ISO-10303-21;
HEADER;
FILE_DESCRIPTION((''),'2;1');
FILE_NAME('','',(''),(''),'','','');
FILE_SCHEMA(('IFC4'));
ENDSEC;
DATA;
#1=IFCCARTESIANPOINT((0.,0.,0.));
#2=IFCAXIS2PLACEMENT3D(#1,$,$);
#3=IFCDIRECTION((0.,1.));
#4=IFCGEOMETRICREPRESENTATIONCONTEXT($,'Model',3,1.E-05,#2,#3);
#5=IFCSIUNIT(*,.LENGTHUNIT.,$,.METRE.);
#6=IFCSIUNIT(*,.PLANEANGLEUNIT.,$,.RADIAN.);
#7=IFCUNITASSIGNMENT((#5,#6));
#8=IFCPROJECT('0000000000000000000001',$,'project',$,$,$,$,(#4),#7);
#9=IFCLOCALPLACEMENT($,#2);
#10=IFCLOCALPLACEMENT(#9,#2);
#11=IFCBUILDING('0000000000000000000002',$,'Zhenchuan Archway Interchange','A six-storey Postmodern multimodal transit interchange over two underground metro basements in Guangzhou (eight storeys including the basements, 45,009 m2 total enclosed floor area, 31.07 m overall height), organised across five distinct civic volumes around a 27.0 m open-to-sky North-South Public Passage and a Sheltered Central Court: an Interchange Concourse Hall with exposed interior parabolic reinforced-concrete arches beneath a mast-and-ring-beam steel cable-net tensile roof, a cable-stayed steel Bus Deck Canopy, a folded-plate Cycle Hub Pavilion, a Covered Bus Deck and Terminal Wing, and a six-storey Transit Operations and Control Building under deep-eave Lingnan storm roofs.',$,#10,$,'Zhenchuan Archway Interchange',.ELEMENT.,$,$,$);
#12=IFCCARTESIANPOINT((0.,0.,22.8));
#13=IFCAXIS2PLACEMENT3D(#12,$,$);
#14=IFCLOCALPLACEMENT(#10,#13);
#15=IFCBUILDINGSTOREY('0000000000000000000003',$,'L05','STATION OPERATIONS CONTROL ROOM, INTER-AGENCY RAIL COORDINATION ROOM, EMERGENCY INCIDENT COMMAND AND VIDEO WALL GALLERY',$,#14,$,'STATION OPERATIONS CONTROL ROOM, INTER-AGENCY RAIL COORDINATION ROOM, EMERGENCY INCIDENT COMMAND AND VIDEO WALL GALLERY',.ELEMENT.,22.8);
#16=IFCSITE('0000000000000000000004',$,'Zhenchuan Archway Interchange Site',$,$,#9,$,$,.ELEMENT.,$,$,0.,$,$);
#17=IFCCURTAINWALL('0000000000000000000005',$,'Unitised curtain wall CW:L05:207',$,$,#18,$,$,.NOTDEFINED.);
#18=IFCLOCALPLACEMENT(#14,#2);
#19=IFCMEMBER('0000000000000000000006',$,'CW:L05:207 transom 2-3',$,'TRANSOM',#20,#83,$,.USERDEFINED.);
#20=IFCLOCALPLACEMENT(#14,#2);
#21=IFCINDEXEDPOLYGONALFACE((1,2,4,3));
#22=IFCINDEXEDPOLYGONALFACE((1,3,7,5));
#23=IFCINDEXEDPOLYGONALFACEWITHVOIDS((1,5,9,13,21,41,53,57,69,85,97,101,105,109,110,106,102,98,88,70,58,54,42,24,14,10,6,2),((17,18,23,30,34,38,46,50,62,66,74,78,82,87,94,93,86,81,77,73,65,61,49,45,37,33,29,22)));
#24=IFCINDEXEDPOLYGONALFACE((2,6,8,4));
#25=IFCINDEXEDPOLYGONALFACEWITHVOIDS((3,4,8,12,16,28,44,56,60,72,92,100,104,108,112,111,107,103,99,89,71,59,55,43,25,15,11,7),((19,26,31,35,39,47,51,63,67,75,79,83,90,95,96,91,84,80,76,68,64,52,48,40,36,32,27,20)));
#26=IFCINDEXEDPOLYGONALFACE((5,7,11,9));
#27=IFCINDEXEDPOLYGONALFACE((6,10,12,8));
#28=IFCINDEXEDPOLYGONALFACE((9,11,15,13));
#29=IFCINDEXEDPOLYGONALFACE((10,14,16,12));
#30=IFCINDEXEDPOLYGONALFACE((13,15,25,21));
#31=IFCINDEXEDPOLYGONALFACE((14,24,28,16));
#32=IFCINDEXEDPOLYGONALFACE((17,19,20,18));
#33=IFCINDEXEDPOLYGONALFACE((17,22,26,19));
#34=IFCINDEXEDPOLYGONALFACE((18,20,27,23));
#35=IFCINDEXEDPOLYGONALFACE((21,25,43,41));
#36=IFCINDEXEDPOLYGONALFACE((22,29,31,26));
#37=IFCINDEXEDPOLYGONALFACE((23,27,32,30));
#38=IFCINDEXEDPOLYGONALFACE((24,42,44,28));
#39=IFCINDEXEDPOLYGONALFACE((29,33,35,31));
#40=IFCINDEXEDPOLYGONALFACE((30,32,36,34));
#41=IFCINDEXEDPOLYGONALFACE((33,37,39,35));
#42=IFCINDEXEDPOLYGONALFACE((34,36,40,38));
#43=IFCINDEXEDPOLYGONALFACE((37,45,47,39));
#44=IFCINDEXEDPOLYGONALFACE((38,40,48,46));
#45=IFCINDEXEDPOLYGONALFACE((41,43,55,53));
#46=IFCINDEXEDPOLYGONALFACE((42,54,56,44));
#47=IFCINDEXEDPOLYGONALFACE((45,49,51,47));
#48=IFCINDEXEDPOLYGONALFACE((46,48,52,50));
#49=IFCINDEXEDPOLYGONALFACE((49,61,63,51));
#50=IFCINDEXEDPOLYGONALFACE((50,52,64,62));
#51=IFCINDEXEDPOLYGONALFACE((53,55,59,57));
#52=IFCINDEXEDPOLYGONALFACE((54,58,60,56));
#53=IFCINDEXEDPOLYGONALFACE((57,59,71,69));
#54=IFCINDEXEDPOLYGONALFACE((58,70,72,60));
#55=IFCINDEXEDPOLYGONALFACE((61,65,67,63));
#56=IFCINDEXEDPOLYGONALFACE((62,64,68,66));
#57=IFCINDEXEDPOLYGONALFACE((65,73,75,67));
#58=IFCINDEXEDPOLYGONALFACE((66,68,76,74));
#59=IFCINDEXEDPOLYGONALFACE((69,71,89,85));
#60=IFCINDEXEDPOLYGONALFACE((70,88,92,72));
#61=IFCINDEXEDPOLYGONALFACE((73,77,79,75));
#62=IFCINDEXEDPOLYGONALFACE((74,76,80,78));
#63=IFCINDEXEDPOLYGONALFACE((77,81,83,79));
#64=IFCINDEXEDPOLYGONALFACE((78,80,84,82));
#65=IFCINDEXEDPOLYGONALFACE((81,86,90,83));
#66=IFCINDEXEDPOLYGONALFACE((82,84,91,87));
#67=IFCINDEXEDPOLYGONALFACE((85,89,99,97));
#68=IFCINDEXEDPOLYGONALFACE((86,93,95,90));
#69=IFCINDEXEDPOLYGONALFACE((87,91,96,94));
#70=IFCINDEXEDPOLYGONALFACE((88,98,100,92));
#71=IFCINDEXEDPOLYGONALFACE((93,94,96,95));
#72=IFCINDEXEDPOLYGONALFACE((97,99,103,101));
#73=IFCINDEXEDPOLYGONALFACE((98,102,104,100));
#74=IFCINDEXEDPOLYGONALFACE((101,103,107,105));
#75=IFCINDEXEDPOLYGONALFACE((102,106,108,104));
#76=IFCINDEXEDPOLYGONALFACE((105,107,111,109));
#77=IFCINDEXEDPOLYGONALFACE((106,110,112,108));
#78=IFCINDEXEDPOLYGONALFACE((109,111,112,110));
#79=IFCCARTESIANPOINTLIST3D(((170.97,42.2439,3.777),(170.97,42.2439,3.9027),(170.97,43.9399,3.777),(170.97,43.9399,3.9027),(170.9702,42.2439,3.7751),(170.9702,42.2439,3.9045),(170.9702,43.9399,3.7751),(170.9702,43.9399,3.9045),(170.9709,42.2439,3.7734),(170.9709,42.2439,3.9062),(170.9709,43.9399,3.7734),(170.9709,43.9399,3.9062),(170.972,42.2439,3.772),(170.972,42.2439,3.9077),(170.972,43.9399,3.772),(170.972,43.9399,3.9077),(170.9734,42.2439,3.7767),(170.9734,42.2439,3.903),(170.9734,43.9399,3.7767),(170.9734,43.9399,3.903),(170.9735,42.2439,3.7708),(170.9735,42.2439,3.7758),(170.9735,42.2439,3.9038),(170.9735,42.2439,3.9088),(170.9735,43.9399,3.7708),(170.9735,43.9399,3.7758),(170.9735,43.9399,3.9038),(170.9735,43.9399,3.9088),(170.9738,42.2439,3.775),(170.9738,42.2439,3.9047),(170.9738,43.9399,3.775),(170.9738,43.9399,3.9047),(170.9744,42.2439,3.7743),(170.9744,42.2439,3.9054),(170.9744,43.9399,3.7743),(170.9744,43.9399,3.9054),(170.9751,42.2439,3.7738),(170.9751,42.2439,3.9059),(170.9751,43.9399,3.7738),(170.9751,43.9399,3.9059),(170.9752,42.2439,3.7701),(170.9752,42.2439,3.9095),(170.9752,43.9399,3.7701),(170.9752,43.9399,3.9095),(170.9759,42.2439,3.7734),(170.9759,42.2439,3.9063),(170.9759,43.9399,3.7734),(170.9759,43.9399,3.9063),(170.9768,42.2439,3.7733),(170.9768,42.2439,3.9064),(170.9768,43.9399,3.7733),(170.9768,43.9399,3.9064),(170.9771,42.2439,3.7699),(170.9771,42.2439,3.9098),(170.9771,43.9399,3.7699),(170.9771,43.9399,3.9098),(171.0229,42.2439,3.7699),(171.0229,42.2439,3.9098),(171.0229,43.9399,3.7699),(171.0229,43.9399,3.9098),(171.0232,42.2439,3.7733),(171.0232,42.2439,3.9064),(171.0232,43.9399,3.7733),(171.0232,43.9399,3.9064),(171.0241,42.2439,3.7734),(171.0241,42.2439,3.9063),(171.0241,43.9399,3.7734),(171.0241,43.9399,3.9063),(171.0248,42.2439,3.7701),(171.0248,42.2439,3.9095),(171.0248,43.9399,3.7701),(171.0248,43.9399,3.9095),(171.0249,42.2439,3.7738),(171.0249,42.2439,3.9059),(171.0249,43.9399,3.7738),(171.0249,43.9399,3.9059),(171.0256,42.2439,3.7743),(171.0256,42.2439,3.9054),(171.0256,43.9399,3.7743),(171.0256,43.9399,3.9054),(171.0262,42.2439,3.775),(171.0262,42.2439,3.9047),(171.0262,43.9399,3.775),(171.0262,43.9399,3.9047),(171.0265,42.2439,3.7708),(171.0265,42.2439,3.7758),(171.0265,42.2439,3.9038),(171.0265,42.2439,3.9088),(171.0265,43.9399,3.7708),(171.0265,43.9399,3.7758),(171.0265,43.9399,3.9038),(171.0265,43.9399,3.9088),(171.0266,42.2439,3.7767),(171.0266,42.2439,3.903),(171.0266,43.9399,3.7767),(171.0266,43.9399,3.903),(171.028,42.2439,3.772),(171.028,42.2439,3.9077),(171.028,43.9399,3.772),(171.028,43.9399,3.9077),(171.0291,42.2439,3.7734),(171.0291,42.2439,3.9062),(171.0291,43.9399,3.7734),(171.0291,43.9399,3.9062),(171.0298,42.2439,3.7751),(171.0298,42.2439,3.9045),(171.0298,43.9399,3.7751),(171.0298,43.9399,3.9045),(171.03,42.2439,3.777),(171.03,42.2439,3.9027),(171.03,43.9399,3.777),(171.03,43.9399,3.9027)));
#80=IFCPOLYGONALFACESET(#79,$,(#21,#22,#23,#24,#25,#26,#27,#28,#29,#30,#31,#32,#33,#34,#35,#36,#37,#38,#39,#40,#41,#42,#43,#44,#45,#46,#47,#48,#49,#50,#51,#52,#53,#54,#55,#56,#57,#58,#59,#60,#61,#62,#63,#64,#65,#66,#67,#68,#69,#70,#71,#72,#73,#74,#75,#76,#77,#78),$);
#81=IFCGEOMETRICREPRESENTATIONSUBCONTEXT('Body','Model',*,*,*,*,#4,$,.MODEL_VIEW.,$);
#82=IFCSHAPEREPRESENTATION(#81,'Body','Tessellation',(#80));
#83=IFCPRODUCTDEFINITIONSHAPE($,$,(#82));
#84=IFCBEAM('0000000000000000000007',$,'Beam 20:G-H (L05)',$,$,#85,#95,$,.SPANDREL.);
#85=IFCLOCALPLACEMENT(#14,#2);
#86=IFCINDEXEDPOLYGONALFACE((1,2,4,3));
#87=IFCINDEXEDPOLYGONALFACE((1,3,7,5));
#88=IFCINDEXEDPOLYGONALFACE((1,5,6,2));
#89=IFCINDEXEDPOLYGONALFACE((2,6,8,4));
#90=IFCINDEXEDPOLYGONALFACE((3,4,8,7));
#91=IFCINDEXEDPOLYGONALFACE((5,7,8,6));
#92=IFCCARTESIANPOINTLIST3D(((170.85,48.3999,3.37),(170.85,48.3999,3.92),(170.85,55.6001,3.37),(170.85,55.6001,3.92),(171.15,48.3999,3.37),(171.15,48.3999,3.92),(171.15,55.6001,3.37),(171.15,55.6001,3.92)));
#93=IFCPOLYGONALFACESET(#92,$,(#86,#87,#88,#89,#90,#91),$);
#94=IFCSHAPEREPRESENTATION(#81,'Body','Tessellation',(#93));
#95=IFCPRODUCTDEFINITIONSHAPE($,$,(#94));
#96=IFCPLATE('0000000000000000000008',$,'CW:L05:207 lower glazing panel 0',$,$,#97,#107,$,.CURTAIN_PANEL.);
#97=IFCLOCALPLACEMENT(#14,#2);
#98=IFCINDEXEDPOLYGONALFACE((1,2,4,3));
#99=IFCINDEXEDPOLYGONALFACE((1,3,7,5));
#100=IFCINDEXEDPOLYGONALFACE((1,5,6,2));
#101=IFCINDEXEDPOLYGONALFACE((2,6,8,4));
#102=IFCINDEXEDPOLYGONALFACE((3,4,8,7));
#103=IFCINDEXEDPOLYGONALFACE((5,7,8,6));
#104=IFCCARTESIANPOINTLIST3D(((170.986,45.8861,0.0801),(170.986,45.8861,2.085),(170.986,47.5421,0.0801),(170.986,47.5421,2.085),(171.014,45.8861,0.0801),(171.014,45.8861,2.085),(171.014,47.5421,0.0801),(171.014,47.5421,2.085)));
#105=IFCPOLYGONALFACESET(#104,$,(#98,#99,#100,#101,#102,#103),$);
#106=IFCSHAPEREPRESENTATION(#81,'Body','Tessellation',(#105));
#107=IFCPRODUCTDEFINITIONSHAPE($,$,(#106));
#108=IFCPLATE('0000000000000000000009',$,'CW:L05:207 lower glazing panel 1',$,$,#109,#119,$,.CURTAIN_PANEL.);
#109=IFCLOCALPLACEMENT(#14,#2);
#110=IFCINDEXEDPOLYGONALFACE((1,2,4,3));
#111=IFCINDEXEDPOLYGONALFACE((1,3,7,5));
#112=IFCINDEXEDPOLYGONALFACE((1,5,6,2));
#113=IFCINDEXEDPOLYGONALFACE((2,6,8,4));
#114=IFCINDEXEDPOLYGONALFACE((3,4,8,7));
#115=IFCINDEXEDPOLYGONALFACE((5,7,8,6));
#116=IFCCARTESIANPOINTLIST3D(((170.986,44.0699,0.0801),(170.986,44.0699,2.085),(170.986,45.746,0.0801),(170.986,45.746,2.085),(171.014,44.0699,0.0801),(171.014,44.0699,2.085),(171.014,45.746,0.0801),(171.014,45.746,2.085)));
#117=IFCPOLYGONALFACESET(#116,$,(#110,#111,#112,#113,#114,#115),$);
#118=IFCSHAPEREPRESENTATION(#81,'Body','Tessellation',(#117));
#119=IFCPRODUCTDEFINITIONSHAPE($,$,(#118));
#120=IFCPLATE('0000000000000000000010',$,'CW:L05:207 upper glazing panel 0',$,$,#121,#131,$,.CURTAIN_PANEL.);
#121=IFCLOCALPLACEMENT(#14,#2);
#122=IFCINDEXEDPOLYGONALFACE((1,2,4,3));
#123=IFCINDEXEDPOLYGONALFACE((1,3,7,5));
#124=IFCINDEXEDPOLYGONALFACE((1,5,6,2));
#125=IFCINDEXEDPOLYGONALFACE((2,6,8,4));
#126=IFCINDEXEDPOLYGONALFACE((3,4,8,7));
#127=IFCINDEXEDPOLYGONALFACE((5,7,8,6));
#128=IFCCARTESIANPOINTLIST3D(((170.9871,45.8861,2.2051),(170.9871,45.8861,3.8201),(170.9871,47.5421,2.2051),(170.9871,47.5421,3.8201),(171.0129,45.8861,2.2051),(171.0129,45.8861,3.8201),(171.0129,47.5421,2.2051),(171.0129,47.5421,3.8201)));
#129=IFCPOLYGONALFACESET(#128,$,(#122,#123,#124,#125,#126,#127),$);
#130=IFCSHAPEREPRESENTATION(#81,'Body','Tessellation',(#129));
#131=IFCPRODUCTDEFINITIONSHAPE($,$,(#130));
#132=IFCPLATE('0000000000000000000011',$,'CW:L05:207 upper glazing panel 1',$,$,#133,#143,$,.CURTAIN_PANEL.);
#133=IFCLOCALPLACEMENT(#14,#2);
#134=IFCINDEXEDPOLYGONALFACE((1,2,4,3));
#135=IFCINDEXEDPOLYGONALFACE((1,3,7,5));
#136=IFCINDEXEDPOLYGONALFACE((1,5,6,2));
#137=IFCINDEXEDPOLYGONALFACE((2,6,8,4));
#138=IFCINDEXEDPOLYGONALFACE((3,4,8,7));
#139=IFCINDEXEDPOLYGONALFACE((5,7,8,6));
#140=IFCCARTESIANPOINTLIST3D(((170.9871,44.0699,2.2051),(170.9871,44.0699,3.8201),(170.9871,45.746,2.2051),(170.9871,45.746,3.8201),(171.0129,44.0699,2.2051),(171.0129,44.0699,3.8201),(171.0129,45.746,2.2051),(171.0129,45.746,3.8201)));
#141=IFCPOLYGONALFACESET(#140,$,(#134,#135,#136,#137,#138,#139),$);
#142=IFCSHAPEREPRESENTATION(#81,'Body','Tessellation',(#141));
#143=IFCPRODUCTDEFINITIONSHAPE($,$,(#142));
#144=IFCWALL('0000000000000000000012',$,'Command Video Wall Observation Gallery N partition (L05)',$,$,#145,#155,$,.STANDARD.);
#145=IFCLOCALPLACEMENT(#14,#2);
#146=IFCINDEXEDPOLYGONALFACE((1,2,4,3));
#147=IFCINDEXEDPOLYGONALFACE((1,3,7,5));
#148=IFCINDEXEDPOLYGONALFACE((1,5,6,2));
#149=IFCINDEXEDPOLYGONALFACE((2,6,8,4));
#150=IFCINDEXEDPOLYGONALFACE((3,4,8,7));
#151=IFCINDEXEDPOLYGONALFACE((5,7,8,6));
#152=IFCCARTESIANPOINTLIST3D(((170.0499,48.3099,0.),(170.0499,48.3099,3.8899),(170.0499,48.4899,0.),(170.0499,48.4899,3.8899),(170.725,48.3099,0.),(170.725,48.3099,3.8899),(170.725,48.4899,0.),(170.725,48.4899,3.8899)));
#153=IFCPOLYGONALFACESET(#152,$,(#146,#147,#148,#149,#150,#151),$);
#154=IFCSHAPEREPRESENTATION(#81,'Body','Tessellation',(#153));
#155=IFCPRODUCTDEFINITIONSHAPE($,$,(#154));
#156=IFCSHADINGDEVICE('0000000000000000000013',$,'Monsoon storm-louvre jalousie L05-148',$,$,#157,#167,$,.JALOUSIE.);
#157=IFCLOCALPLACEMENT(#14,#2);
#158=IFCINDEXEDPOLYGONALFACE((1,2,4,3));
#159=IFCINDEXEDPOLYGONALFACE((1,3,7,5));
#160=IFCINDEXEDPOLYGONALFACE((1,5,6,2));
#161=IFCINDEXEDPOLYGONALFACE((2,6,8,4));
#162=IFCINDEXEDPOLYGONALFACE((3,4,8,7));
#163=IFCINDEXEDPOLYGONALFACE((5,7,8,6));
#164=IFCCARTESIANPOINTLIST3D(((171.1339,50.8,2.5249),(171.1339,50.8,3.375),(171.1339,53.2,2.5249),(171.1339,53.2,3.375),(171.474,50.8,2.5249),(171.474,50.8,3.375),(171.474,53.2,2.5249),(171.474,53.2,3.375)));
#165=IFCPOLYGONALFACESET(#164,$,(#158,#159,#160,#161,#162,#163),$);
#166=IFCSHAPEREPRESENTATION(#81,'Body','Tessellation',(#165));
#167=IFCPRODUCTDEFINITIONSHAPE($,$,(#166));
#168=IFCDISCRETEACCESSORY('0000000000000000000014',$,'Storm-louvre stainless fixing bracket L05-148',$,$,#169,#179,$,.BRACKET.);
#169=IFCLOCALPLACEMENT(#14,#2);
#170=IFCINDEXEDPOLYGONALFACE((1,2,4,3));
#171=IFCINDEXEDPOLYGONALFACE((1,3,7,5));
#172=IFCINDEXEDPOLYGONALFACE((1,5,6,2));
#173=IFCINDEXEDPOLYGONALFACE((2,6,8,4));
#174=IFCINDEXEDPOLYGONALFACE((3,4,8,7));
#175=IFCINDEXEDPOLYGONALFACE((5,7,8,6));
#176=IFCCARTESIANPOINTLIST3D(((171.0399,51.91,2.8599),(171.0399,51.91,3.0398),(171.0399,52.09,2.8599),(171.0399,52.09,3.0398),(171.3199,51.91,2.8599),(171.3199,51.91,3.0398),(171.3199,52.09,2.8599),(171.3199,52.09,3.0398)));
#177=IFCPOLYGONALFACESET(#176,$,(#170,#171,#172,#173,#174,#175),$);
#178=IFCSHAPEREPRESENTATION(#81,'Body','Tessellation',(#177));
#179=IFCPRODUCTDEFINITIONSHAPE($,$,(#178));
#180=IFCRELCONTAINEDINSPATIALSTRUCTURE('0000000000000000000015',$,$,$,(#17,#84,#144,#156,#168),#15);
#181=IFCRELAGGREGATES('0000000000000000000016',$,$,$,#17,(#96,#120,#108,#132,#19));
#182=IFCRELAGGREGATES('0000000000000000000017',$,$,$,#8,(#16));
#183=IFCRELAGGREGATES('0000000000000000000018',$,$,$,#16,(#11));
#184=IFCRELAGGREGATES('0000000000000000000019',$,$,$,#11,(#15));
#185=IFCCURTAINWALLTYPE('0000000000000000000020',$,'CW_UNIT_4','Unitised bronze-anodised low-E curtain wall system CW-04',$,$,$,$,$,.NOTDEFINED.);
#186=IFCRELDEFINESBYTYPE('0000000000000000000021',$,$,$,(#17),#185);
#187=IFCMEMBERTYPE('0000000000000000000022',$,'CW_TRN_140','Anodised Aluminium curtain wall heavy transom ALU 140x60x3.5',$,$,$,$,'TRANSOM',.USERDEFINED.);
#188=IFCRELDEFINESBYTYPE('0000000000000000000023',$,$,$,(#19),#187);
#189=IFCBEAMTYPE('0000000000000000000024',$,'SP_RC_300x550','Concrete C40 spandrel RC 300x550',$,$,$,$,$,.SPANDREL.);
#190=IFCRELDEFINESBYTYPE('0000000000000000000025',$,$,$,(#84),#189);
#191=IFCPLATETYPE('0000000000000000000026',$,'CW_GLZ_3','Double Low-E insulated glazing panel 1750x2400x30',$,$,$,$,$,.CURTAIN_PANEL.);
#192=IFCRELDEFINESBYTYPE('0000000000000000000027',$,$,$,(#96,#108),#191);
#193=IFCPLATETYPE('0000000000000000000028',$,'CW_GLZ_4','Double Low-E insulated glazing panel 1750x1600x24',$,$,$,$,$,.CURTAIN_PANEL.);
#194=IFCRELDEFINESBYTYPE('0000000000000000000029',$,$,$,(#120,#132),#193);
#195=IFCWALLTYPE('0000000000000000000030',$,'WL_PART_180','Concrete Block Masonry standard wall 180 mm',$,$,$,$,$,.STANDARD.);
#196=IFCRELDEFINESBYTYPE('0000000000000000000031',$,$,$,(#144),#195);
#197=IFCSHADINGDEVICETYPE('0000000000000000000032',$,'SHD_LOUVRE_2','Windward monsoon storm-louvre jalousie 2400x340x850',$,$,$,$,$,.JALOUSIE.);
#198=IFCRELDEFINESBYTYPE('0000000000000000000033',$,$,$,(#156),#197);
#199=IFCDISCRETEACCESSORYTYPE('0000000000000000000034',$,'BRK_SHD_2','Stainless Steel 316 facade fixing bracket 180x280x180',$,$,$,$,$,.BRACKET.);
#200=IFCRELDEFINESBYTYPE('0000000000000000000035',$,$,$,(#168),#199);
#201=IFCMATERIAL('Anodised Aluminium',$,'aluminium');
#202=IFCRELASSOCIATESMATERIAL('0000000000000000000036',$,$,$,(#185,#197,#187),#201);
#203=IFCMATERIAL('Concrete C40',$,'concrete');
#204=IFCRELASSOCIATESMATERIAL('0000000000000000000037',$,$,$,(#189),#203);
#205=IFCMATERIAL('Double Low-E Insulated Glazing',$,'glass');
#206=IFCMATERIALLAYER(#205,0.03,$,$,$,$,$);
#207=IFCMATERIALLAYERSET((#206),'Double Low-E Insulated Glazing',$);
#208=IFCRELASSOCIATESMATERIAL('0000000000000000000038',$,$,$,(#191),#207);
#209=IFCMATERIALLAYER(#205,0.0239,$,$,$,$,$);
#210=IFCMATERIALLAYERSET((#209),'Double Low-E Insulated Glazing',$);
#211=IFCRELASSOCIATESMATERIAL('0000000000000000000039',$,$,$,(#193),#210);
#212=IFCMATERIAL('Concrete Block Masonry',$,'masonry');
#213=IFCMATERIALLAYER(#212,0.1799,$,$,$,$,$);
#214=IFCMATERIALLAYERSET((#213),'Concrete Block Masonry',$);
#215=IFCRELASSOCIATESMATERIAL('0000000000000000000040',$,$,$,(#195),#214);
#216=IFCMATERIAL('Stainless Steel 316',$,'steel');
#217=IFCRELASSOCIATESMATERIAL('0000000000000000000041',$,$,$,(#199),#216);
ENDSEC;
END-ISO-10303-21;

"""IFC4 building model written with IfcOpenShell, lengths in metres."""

from ifc_helpers import new_model, si_unit, direction, frame, frame_2d, origin, origin_2d, place, context, subcontext, project, spatial, rectangle, hollow_rectangle, extrude, material, layer, layer_set, material_profile, profile_set, type_object, element, aggregate, save


model = new_model("IFC4")

# Units and contexts
model_context = context("Model", 3, precision=1e-05, world=origin(), true_north=direction((0.0, 1.0)))
body_context = subcontext(model_context, "Body", "Model", "MODEL_VIEW")
ifc_project = project(units=[si_unit("LENGTHUNIT", "METRE"), si_unit("PLANEANGLEUNIT", "RADIAN")], contexts=[model_context])

# Site, building, storey
site_placement = place(None, origin())
site = spatial("IfcSite", under=ifc_project, at=site_placement, Name="Zhenchuan Archway Interchange Site", CompositionType="ELEMENT", RefElevation=0.0)
building_placement = place(site_placement, origin())
building = spatial("IfcBuilding", under=site, at=building_placement, Name="Zhenchuan Archway Interchange", Description="A six-storey Postmodern multimodal transit interchange over two underground metro basements in Guangzhou (eight storeys including the basements, 45,009 m2 total enclosed floor area, 31.07 m overall height), organised across five distinct civic volumes around a 27.0 m open-to-sky North-South Public Passage and a Sheltered Central Court: an Interchange Concourse Hall with exposed interior parabolic reinforced-concrete arches beneath a mast-and-ring-beam steel cable-net tensile roof, a cable-stayed steel Bus Deck Canopy, a folded-plate Cycle Hub Pavilion, a Covered Bus Deck and Terminal Wing, and a six-storey Transit Operations and Control Building under deep-eave Lingnan storm roofs.", LongName="Zhenchuan Archway Interchange", CompositionType="ELEMENT")
storey_placement = place(building_placement, frame((0.0, 0.0, 22.8)))
storey = spatial("IfcBuildingStorey", under=building, at=storey_placement, Name="L05", Description="STATION OPERATIONS CONTROL ROOM, INTER-AGENCY RAIL COORDINATION ROOM, EMERGENCY INCIDENT COMMAND AND VIDEO WALL GALLERY", LongName="STATION OPERATIONS CONTROL ROOM, INTER-AGENCY RAIL COORDINATION ROOM, EMERGENCY INCIDENT COMMAND AND VIDEO WALL GALLERY", CompositionType="ELEMENT", Elevation=22.8)

# Shared definitions
ifc_material_1 = material(Name="Concrete C40", Category="concrete")

# Curtain wall, member
ifc_material_2 = material(Name="Anodised Aluminium", Category="aluminium")
curtain_wall_type = type_object("IfcCurtainWallType", Name="CW_UNIT_4", Description="Unitised bronze-anodised low-E curtain wall system CW-04", PredefinedType="NOTDEFINED", material=ifc_material_2)
curtain_wall_placement = place(storey_placement, origin())
curtain_wall = element("IfcCurtainWall", 1, at=curtain_wall_placement, inside=storey, type_object=curtain_wall_type, Name="Unitised curtain wall CW:L05:207", PredefinedType="NOTDEFINED")
ifc_material_profile_1 = material_profile(ifc_material_2, hollow_rectangle(XDim=0.0601, YDim=0.1399, WallThickness=0.0034, InnerFilletRadius=0.0034, OuterFilletRadius=0.0071, at=origin_2d()), Name="ALU 140x60x3.5")
ifc_profile_set_1 = profile_set([ifc_material_profile_1], Name="Anodised Aluminium")
member_type_1 = type_object("IfcMemberType", Name="CW_TRN_140", Description="Anodised Aluminium curtain wall heavy transom ALU 140x60x3.5", ElementType="TRANSOM", PredefinedType="USERDEFINED", material=ifc_profile_set_1)
member_1_placement = place(storey_placement, frame((171.0, 43.9399, 3.8398), z_axis=(0.0, -1.0, 0.0), x_axis=(1.0, 0.0, 0.0)))
member_1 = element("IfcMember", 2, at=member_1_placement, type_object=member_type_1, Name="CW:L05:207 transom 2-3", ObjectType="TRANSOM", PredefinedType="USERDEFINED", context=body_context, shape_type="SweptSolid", body=[
    extrude(hollow_rectangle(XDim=0.0601, YDim=0.1399, WallThickness=0.0034, InnerFilletRadius=0.0034, OuterFilletRadius=0.0071, at=origin_2d()), origin(), (0.0, 0.0, 1.0), 1.696),
])

# Beam
ifc_material_profile_2 = material_profile(ifc_material_1, rectangle(XDim=0.3, YDim=0.55, at=origin_2d()), Name="RC 300x550")
ifc_profile_set_2 = profile_set([ifc_material_profile_2], Name="Concrete C40")
beam_type_1 = type_object("IfcBeamType", Name="SP_RC_300x550", Description="Concrete C40 spandrel RC 300x550", PredefinedType="SPANDREL", material=ifc_profile_set_2)
beam_1_placement = place(storey_placement, frame((171.0, 48.3999, 3.645), z_axis=(0.0, 1.0, 0.0), x_axis=(-1.0, 0.0, 0.0)))
element("IfcBeam", 3, at=beam_1_placement, inside=storey, type_object=beam_type_1, Name="Beam 20:G-H (L05)", PredefinedType="SPANDREL", context=body_context, shape_type="SweptSolid", body=[
    extrude(rectangle(XDim=0.3, YDim=0.55, at=origin_2d()), origin(), (0.0, 0.0, 1.0), 7.2002),
])

# Plates
ifc_material_3 = material(Name="Double Low-E Insulated Glazing", Category="glass")
ifc_layer_1 = layer(ifc_material_3, 0.03)
ifc_layer_set_1 = layer_set([ifc_layer_1], Name="Double Low-E Insulated Glazing")
plate_type_1 = type_object("IfcPlateType", Name="CW_GLZ_3", Description="Double Low-E insulated glazing panel 1750x2400x30", PredefinedType="CURTAIN_PANEL", material=ifc_layer_set_1)
plate_1_placement = place(storey_placement, frame((171.0, 46.7141, 0.0801), z_axis=(0.0, 0.0, 1.0), x_axis=(0.0, -1.0, 0.0)))
plate_1 = element("IfcPlate", 4, at=plate_1_placement, type_object=plate_type_1, Name="CW:L05:207 lower glazing panel 0", PredefinedType="CURTAIN_PANEL", context=body_context, shape_type="SweptSolid", body=[
    extrude(rectangle(XDim=1.656, YDim=0.0281, at=origin_2d()), origin(), (0.0, 0.0, 1.0), 2.0049),
])
plate_2_placement = place(storey_placement, frame((171.0, 44.908, 0.0801), z_axis=(0.0, 0.0, 1.0), x_axis=(0.0, -1.0, 0.0)))
plate_2 = element("IfcPlate", 5, at=plate_2_placement, type_object=plate_type_1, Name="CW:L05:207 lower glazing panel 1", PredefinedType="CURTAIN_PANEL", context=body_context, shape_type="SweptSolid", body=[
    extrude(rectangle(XDim=1.676, YDim=0.0281, at=origin_2d()), origin(), (0.0, 0.0, 1.0), 2.0049),
])
ifc_layer_2 = layer(ifc_material_3, 0.0239)
ifc_layer_set_2 = layer_set([ifc_layer_2], Name="Double Low-E Insulated Glazing")
plate_type_2 = type_object("IfcPlateType", Name="CW_GLZ_4", Description="Double Low-E insulated glazing panel 1750x1600x24", PredefinedType="CURTAIN_PANEL", material=ifc_layer_set_2)
plate_3_placement = place(storey_placement, frame((171.0, 46.7141, 2.2051), z_axis=(0.0, 0.0, 1.0), x_axis=(0.0, -1.0, 0.0)))
plate_3 = element("IfcPlate", 6, at=plate_3_placement, type_object=plate_type_2, Name="CW:L05:207 upper glazing panel 0", PredefinedType="CURTAIN_PANEL", context=body_context, shape_type="SweptSolid", body=[
    extrude(rectangle(XDim=1.656, YDim=0.0259, at=origin_2d()), origin(), (0.0, 0.0, 1.0), 1.615),
])
plate_4_placement = place(storey_placement, frame((171.0, 44.908, 2.2051), z_axis=(0.0, 0.0, 1.0), x_axis=(0.0, -1.0, 0.0)))
plate_4 = element("IfcPlate", 7, at=plate_4_placement, type_object=plate_type_2, Name="CW:L05:207 upper glazing panel 1", PredefinedType="CURTAIN_PANEL", context=body_context, shape_type="SweptSolid", body=[
    extrude(rectangle(XDim=1.676, YDim=0.0259, at=origin_2d()), origin(), (0.0, 0.0, 1.0), 1.615),
])
aggregate(curtain_wall, [plate_1, plate_3, plate_2, plate_4, member_1])

# Wall
ifc_material_4 = material(Name="Concrete Block Masonry", Category="masonry")
ifc_layer_3 = layer(ifc_material_4, 0.1799)
ifc_layer_set_3 = layer_set([ifc_layer_3], Name="Concrete Block Masonry")
wall_type = type_object("IfcWallType", Name="WL_PART_180", Description="Concrete Block Masonry standard wall 180 mm", PredefinedType="STANDARD", material=ifc_layer_set_3)
wall_placement = place(storey_placement, frame((170.05, 48.3999, 0.0), z_axis=(0.0, 0.0, 1.0), x_axis=(1.0, 0.0, 0.0)))
element("IfcWall", 8, at=wall_placement, inside=storey, type_object=wall_type, Name="Command Video Wall Observation Gallery N partition (L05)", PredefinedType="STANDARD", context=body_context, shape_type="SweptSolid", body=[
    extrude(rectangle(XDim=0.675, YDim=0.1799, at=frame_2d((0.3374, 0.0))), origin(), (0.0, 0.0, 1.0), 3.8899),
])

# Shading device
shading_device_type = type_object("IfcShadingDeviceType", Name="SHD_LOUVRE_2", Description="Windward monsoon storm-louvre jalousie 2400x340x850", PredefinedType="JALOUSIE", material=ifc_material_2)
shading_device_placement = place(storey_placement, frame((171.304, 52.0, 2.5249), z_axis=(0.0, 0.0, 1.0), x_axis=(0.0, -1.0, 0.0)))
element("IfcShadingDevice", 9, at=shading_device_placement, inside=storey, type_object=shading_device_type, Name="Monsoon storm-louvre jalousie L05-148", PredefinedType="JALOUSIE", context=body_context, shape_type="SweptSolid", body=[
    extrude(rectangle(XDim=2.3999, YDim=0.3401, at=origin_2d()), origin(), (0.0, 0.0, 1.0), 0.8501),
])

# Discrete accessory
ifc_material_5 = material(Name="Stainless Steel 316", Category="steel")
discrete_accessory_type = type_object("IfcDiscreteAccessoryType", Name="BRK_SHD_2", Description="Stainless Steel 316 facade fixing bracket 180x280x180", PredefinedType="BRACKET", material=ifc_material_5)
discrete_accessory_placement = place(storey_placement, frame((171.1799, 52.0, 2.8599), z_axis=(0.0, 0.0, 1.0), x_axis=(0.0, -1.0, 0.0)))
element("IfcDiscreteAccessory", 10, at=discrete_accessory_placement, inside=storey, type_object=discrete_accessory_type, Name="Storm-louvre stainless fixing bracket L05-148", PredefinedType="BRACKET", context=body_context, shape_type="SweptSolid", body=[
    extrude(rectangle(XDim=0.1799, YDim=0.28, at=origin_2d()), origin(), (0.0, 0.0, 1.0), 0.1799),
])

save(model, "model.ifc")
